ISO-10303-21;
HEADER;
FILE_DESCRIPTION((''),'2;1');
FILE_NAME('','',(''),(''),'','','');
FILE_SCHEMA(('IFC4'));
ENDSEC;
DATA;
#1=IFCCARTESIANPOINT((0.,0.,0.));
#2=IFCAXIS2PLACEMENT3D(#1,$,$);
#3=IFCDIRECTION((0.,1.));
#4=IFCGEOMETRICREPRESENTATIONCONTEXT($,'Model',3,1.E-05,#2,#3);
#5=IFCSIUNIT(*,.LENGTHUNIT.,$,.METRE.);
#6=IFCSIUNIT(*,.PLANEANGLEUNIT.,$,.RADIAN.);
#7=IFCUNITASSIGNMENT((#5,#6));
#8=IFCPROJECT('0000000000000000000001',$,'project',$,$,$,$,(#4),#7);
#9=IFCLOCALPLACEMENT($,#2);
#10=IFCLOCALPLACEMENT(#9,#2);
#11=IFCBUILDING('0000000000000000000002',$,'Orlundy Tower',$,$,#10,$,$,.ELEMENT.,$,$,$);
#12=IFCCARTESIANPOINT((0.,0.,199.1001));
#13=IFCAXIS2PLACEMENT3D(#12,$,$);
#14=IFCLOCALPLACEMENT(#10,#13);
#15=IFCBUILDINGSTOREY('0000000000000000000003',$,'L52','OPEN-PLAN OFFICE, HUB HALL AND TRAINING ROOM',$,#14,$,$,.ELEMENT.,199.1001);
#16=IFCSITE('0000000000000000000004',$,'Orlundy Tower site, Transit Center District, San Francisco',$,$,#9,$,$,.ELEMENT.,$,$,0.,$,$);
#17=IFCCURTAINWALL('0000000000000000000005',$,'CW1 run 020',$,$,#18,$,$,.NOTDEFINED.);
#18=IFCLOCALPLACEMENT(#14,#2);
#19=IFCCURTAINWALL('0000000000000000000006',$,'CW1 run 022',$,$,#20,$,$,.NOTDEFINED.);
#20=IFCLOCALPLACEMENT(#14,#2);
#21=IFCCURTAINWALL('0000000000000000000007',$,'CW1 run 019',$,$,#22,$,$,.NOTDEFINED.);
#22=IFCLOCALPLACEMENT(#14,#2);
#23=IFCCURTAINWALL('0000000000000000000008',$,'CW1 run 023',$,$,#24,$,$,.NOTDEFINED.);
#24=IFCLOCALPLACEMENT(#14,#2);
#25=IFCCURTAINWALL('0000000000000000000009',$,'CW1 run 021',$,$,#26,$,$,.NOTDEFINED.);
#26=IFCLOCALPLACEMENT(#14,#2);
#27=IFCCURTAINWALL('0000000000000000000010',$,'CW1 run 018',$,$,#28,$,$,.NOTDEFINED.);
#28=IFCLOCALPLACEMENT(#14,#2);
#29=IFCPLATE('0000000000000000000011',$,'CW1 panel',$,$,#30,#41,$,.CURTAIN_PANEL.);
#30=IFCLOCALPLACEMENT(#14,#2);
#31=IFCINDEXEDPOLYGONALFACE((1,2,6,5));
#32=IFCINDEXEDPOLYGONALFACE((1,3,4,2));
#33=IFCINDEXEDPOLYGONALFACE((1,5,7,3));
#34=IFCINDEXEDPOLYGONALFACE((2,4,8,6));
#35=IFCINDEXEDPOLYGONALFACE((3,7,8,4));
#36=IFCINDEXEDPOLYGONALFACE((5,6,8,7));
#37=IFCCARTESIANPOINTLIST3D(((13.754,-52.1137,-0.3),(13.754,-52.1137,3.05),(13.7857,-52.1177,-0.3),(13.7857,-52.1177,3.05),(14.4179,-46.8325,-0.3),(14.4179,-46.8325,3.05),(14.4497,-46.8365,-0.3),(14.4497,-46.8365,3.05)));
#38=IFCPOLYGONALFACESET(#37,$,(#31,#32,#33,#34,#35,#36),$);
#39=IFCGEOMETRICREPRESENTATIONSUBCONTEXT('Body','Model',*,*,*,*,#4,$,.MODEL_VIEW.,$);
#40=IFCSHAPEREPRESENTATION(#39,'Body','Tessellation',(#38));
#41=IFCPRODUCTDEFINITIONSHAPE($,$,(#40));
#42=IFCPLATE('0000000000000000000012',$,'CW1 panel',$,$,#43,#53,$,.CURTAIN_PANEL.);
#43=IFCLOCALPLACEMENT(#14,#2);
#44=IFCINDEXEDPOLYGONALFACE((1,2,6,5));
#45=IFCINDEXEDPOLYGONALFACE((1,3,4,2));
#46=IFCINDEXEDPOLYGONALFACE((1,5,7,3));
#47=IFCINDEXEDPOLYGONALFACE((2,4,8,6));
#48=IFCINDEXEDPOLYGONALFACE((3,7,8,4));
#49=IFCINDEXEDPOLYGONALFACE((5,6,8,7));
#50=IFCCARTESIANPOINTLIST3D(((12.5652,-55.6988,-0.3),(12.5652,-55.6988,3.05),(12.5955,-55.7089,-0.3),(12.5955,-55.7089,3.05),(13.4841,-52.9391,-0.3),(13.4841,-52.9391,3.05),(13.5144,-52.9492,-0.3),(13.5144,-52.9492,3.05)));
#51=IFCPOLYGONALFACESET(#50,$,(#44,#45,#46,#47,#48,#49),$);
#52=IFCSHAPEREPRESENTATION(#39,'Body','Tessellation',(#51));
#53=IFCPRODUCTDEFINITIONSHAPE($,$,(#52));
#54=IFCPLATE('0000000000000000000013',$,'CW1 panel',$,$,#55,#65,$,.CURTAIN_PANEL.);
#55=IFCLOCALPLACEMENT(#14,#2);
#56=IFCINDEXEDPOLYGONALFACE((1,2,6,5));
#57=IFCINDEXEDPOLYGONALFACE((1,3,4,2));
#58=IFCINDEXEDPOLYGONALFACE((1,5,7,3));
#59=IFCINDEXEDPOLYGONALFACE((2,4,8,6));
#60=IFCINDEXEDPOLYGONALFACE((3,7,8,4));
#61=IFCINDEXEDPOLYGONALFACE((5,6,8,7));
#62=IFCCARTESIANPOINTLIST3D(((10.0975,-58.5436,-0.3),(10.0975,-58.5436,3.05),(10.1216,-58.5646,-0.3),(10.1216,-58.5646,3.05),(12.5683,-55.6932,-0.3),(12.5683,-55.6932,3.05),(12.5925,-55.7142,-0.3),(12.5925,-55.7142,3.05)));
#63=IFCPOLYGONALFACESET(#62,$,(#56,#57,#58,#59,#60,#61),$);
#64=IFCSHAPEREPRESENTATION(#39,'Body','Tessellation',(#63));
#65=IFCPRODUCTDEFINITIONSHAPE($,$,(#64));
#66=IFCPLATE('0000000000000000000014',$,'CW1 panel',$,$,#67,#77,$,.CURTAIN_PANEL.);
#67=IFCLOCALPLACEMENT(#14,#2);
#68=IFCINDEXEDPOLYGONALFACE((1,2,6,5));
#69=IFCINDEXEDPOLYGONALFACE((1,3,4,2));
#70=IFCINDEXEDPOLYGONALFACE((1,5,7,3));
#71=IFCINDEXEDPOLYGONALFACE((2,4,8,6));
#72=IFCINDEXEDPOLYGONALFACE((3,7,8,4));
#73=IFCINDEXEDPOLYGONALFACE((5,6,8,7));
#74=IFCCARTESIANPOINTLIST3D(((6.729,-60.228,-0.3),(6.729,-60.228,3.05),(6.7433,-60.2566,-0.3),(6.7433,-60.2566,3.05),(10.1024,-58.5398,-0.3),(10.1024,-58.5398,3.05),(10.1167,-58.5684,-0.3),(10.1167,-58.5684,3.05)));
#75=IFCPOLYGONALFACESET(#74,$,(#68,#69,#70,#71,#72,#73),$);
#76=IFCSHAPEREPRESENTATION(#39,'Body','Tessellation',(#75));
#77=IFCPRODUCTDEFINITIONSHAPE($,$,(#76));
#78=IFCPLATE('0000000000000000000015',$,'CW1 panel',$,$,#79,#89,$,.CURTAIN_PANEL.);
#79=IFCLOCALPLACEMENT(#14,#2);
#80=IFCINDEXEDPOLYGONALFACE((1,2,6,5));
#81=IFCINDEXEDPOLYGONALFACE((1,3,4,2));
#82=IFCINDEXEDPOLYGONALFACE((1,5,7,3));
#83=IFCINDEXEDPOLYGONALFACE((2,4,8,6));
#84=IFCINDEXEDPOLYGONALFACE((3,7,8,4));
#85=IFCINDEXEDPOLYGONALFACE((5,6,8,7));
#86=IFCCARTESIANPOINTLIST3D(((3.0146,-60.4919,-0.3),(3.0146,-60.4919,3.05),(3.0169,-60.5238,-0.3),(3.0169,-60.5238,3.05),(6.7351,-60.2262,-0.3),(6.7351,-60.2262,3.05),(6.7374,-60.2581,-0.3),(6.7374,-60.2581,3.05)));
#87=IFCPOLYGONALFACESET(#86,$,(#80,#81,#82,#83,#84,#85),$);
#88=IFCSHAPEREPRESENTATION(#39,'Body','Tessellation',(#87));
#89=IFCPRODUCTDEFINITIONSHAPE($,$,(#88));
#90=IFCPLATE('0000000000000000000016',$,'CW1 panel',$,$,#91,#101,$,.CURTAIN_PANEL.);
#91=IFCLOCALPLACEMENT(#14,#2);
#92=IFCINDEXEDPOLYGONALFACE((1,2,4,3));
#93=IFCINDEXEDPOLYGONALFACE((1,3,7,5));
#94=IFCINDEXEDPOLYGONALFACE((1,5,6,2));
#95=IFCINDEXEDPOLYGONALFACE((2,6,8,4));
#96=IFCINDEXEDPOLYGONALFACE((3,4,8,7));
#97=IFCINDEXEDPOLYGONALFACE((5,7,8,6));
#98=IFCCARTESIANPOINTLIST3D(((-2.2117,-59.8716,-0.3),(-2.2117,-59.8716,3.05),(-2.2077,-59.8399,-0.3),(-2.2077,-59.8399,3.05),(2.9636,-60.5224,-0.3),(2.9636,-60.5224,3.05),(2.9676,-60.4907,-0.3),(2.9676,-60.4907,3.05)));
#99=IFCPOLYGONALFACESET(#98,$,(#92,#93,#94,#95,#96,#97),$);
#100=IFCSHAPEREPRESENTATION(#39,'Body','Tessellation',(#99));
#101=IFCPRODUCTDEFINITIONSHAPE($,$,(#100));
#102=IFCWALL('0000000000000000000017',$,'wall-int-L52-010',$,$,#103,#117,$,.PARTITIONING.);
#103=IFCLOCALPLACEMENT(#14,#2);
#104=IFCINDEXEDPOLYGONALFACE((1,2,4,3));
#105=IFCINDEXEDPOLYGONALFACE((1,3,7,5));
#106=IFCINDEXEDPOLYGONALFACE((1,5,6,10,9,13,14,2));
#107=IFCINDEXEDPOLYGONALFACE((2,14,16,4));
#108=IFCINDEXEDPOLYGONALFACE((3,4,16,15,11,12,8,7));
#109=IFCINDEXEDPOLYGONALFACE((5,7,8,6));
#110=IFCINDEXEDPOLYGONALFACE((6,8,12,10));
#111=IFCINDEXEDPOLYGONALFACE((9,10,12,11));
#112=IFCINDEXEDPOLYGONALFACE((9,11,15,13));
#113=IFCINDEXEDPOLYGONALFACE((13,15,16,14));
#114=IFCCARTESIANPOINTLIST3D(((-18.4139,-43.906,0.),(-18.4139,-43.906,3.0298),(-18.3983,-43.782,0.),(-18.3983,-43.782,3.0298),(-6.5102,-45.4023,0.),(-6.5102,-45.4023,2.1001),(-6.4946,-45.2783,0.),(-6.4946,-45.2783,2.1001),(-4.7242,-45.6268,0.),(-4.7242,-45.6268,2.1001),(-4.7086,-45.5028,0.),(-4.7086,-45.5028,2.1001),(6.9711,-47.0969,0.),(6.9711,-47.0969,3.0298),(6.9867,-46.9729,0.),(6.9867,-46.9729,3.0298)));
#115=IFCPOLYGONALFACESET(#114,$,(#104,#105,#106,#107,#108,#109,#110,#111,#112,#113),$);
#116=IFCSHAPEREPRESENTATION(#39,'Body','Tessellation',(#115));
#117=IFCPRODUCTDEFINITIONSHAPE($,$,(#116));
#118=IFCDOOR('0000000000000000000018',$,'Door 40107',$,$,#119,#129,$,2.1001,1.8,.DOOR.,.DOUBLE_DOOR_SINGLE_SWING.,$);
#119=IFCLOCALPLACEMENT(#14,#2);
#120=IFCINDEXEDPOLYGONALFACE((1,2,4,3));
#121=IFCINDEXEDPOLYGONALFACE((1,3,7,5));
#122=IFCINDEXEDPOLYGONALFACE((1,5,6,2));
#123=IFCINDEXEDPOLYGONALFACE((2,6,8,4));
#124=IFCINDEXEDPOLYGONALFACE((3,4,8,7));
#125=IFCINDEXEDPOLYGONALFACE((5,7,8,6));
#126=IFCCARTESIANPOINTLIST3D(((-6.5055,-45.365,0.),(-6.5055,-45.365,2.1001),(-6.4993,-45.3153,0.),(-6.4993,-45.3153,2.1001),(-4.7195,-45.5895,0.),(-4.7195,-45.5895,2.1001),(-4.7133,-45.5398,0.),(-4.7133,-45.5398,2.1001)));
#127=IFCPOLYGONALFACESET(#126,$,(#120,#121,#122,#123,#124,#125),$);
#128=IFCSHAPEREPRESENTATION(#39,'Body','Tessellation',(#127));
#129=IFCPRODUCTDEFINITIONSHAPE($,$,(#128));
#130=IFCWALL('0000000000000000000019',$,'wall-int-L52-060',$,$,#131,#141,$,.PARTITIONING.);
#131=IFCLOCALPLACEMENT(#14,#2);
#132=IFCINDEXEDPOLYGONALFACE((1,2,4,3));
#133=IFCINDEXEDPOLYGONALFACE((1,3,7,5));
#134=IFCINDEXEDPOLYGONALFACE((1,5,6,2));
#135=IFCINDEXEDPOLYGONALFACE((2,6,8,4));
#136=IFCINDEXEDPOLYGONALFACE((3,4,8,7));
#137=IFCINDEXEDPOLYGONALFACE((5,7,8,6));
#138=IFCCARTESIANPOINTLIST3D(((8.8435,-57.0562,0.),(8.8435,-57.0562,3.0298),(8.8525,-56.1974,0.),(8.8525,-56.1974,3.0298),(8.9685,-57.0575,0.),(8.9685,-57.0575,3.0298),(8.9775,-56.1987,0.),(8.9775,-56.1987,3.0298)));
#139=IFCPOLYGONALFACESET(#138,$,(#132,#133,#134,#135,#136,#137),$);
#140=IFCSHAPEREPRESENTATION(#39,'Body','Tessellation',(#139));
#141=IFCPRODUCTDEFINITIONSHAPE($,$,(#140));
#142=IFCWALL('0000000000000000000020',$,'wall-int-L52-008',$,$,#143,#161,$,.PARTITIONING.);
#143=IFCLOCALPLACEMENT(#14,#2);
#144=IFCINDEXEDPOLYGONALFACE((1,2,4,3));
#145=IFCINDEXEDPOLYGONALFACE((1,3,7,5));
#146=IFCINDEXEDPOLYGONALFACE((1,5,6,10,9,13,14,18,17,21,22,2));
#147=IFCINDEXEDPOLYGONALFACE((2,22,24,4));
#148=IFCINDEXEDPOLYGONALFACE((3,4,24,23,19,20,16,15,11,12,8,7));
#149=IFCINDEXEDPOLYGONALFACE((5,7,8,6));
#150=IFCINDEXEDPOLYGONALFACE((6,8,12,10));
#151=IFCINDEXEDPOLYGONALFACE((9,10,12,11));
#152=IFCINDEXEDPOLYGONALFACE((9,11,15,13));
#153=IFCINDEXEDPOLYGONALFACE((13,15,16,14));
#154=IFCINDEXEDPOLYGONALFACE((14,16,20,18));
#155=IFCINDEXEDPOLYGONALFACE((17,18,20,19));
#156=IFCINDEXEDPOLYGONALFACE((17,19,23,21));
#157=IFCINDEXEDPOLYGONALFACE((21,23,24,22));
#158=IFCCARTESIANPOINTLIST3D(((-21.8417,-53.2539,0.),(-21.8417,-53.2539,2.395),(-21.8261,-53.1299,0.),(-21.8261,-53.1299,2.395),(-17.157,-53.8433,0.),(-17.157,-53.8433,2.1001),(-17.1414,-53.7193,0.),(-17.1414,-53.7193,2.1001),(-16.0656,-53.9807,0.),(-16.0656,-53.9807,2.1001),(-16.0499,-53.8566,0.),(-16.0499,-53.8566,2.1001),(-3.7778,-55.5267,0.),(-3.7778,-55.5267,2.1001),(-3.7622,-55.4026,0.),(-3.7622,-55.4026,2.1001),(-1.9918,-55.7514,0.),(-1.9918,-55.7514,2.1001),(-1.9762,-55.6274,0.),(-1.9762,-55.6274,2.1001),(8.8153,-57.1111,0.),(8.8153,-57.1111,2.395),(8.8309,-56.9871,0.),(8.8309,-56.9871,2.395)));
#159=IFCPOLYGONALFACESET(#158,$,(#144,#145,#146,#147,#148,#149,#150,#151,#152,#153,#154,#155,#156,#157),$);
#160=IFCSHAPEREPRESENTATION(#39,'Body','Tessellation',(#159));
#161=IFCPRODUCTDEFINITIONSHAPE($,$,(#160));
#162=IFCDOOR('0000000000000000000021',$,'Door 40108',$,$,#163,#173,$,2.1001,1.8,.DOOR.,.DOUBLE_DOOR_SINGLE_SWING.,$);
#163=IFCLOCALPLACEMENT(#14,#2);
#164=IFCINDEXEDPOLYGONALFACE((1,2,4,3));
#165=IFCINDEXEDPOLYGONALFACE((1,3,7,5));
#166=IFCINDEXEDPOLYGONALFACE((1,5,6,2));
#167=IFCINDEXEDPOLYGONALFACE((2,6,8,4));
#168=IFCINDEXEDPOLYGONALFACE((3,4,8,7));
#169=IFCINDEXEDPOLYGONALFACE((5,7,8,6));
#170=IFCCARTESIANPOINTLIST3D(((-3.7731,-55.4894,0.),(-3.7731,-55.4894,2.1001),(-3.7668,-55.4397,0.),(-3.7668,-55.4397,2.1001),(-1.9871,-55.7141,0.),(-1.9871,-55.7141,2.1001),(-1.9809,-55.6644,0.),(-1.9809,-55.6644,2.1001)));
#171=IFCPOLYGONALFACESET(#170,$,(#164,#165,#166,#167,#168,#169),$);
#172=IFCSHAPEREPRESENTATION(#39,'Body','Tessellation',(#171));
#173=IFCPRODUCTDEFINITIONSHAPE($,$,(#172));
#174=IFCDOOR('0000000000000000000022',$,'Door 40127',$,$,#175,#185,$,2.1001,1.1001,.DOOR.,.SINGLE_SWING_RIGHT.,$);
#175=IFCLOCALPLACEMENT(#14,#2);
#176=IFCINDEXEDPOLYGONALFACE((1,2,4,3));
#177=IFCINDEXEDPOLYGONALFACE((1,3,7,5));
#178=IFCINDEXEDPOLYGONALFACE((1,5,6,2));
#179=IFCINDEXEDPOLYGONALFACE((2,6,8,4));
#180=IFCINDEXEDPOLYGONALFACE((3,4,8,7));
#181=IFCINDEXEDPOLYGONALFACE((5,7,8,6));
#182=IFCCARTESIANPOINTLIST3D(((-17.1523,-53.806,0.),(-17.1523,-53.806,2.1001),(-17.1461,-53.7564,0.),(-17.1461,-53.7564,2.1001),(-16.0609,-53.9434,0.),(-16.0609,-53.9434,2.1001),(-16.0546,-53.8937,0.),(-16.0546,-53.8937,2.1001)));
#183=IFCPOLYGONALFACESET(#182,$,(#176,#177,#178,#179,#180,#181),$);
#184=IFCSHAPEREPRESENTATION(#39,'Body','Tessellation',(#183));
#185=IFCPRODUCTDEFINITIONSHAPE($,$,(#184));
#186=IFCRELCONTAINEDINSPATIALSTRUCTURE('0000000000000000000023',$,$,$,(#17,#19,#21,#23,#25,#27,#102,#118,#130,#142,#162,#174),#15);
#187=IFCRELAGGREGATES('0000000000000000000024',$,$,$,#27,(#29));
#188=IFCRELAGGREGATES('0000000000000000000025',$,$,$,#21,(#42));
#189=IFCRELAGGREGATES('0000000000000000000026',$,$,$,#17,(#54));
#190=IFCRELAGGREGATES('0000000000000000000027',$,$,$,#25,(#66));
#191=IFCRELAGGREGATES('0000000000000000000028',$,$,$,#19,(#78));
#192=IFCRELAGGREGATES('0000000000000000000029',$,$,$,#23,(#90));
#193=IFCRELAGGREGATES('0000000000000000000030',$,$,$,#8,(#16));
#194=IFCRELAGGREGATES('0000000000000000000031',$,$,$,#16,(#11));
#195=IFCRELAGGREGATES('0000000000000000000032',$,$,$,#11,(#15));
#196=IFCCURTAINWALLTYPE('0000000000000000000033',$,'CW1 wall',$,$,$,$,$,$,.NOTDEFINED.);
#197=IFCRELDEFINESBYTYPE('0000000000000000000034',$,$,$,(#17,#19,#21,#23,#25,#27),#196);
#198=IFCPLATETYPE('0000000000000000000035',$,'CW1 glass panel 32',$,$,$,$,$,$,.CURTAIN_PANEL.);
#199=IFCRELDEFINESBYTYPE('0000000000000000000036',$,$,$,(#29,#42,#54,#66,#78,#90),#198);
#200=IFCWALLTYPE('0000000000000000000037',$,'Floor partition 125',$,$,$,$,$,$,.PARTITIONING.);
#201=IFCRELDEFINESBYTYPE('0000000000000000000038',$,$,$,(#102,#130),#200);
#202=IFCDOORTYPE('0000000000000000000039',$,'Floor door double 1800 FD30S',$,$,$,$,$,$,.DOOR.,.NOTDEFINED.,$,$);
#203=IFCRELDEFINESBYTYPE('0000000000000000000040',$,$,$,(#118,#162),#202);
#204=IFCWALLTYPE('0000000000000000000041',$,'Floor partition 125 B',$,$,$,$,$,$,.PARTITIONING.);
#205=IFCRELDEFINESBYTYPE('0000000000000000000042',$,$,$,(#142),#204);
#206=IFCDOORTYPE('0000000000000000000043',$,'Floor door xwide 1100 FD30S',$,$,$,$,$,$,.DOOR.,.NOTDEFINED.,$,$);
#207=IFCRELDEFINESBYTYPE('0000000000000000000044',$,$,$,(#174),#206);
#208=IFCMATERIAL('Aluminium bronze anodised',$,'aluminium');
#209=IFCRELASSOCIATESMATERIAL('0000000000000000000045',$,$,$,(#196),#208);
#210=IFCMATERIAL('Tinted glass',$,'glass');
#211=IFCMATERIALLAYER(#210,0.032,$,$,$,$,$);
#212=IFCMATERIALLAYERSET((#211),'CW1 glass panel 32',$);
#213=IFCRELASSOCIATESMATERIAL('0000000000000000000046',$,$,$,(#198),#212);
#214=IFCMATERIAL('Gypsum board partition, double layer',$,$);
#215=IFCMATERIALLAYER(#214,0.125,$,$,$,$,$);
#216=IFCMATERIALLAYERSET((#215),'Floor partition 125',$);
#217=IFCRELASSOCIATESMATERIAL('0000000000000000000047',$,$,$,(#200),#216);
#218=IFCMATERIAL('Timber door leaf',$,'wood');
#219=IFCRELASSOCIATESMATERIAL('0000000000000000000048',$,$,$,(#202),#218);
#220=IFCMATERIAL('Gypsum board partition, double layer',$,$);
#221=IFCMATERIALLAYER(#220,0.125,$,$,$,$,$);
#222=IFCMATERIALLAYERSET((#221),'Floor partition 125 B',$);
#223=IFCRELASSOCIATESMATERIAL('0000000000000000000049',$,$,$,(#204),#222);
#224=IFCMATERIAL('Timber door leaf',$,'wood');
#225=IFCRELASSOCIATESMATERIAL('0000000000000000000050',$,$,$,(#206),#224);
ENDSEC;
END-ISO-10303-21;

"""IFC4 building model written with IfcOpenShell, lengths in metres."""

from ifc_helpers import new_model, si_unit, direction, frame, frame_2d, origin, origin_2d, place, context, subcontext, project, spatial, rectangle, extrude, material, layer, layer_set, type_object, element, fill, aggregate, save


model = new_model("IFC4")

# Units and contexts
model_context = context("Model", 3, precision=1e-05, world=origin(), true_north=direction((0.0, 1.0)))
body_context = subcontext(model_context, "Body", "Model", "MODEL_VIEW")
ifc_project = project(units=[si_unit("LENGTHUNIT", "METRE"), si_unit("PLANEANGLEUNIT", "RADIAN")], contexts=[model_context])

# Site, building, storey
site_placement = place(None, origin())
site = spatial("IfcSite", under=ifc_project, at=site_placement, Name="Orlundy Tower site, Transit Center District, San Francisco", CompositionType="ELEMENT", RefElevation=0.0)
building_placement = place(site_placement, origin())
building = spatial("IfcBuilding", under=site, at=building_placement, Name="Orlundy Tower", CompositionType="ELEMENT")
storey_placement = place(building_placement, frame((0.0, 0.0, 199.1001)))
storey = spatial("IfcBuildingStorey", under=building, at=storey_placement, Name="L52", Description="OPEN-PLAN OFFICE, HUB HALL AND TRAINING ROOM", CompositionType="ELEMENT", Elevation=199.1001)

# Curtain walls
ifc_material_1 = material(Name="Aluminium bronze anodised", Category="aluminium")
curtain_wall_type = type_object("IfcCurtainWallType", Name="CW1 wall", PredefinedType="NOTDEFINED", material=ifc_material_1)
curtain_wall_1_placement = place(storey_placement, origin())
curtain_wall_1 = element("IfcCurtainWall", 1, at=curtain_wall_1_placement, inside=storey, type_object=curtain_wall_type, Name="CW1 run 020", PredefinedType="NOTDEFINED")
curtain_wall_2_placement = place(storey_placement, origin())
curtain_wall_2 = element("IfcCurtainWall", 2, at=curtain_wall_2_placement, inside=storey, type_object=curtain_wall_type, Name="CW1 run 022", PredefinedType="NOTDEFINED")
curtain_wall_3_placement = place(storey_placement, origin())
curtain_wall_3 = element("IfcCurtainWall", 3, at=curtain_wall_3_placement, inside=storey, type_object=curtain_wall_type, Name="CW1 run 019", PredefinedType="NOTDEFINED")

# Curtain wall
curtain_wall_4_placement = place(storey_placement, origin())
curtain_wall_4 = element("IfcCurtainWall", 4, at=curtain_wall_4_placement, inside=storey, type_object=curtain_wall_type, Name="CW1 run 023", PredefinedType="NOTDEFINED")

# Curtain wall
curtain_wall_5_placement = place(storey_placement, origin())
curtain_wall_5 = element("IfcCurtainWall", 5, at=curtain_wall_5_placement, inside=storey, type_object=curtain_wall_type, Name="CW1 run 021", PredefinedType="NOTDEFINED")

# Curtain wall, plate
curtain_wall_6_placement = place(storey_placement, origin())
curtain_wall_6 = element("IfcCurtainWall", 6, at=curtain_wall_6_placement, inside=storey, type_object=curtain_wall_type, Name="CW1 run 018", PredefinedType="NOTDEFINED")
ifc_material_2 = material(Name="Tinted glass", Category="glass")
ifc_layer_1 = layer(ifc_material_2, 0.032)
ifc_layer_set_1 = layer_set([ifc_layer_1], Name="CW1 glass panel 32")
plate_type = type_object("IfcPlateType", Name="CW1 glass panel 32", PredefinedType="CURTAIN_PANEL", material=ifc_layer_set_1)
plate_1_placement = place(storey_placement, frame((14.1018, -49.4751, -0.3), z_axis=(0.0, 0.0, 1.0), x_axis=(-0.124742, -0.992189, 0.0)))
plate_1 = element("IfcPlate", 7, at=plate_1_placement, type_object=plate_type, Name="CW1 panel", PredefinedType="CURTAIN_PANEL", context=body_context, shape_type="SweptSolid", body=[
    extrude(rectangle(XDim=5.3228, YDim=0.032, at=origin_2d()), origin(), (0.0, 0.0, 1.0), 3.3501),
])
aggregate(curtain_wall_6, [plate_1])

# Plates
plate_2_placement = place(storey_placement, frame((13.0398, -54.324, -0.3), z_axis=(0.0, 0.0, 1.0), x_axis=(-0.315904, -0.948791, 0.0)))
plate_2 = element("IfcPlate", 8, at=plate_2_placement, type_object=plate_type, Name="CW1 panel", PredefinedType="CURTAIN_PANEL", context=body_context, shape_type="SweptSolid", body=[
    extrude(rectangle(XDim=2.9087, YDim=0.032, at=origin_2d()), origin(), (0.0, 0.0, 1.0), 3.3501),
])
aggregate(curtain_wall_3, [plate_2])
plate_3_placement = place(storey_placement, frame((11.345, -57.1289, -0.3), z_axis=(0.0, 0.0, 1.0), x_axis=(-0.655002, -0.755627, 0.0)))
plate_3 = element("IfcPlate", 9, at=plate_3_placement, type_object=plate_type, Name="CW1 panel", PredefinedType="CURTAIN_PANEL", context=body_context, shape_type="SweptSolid", body=[
    extrude(rectangle(XDim=3.7722, YDim=0.032, at=origin_2d()), origin(), (0.0, 0.0, 1.0), 3.3501),
])
aggregate(curtain_wall_1, [plate_3])
plate_4_placement = place(storey_placement, frame((8.4229, -59.3982, -0.3), z_axis=(0.0, 0.0, 1.0), x_axis=(-0.894265, -0.447537, 0.0)))
plate_4 = element("IfcPlate", 10, at=plate_4_placement, type_object=plate_type, Name="CW1 panel", PredefinedType="CURTAIN_PANEL", context=body_context, shape_type="SweptSolid", body=[
    extrude(rectangle(XDim=3.7722, YDim=0.032, at=origin_2d()), origin(), (0.0, 0.0, 1.0), 3.3501),
])
aggregate(curtain_wall_5, [plate_4])
plate_5_placement = place(storey_placement, frame((4.876, -60.375, -0.3), z_axis=(0.0, 0.0, 1.0), x_axis=(-0.99746, -0.071228, 0.0)))
plate_5 = element("IfcPlate", 11, at=plate_5_placement, type_object=plate_type, Name="CW1 panel", PredefinedType="CURTAIN_PANEL", context=body_context, shape_type="SweptSolid", body=[
    extrude(rectangle(XDim=3.73, YDim=0.032, at=origin_2d()), origin(), (0.0, 0.0, 1.0), 3.3501),
])
aggregate(curtain_wall_2, [plate_5])
plate_6_placement = place(storey_placement, frame((0.3779, -60.1812, -0.3), z_axis=(0.0, 0.0, 1.0), x_axis=(-0.992187, 0.124761, 0.0)))
plate_6 = element("IfcPlate", 12, at=plate_6_placement, type_object=plate_type, Name="CW1 panel", PredefinedType="CURTAIN_PANEL", context=body_context, shape_type="SweptSolid", body=[
    extrude(rectangle(XDim=5.2161, YDim=0.032, at=origin_2d()), origin(), (0.0, 0.0, 1.0), 3.3501),
])
aggregate(curtain_wall_4, [plate_6])

# Wall, opening, door
ifc_material_3 = material(Name="Gypsum board partition, double layer")
ifc_layer_2 = layer(ifc_material_3, 0.125)
ifc_layer_set_2 = layer_set([ifc_layer_2], Name="Floor partition 125")
wall_type_1 = type_object("IfcWallType", Name="Floor partition 125", PredefinedType="PARTITIONING", material=ifc_layer_set_2)
wall_1_placement = place(storey_placement, frame((6.979, -47.0349, 0.0), z_axis=(0.0, 0.0, 1.0), x_axis=(-0.992192, 0.124719, 0.0)))
wall_1 = element("IfcWall", 13, at=wall_1_placement, inside=storey, type_object=wall_type_1, Name="wall-int-L52-010", PredefinedType="PARTITIONING", context=body_context, shape_type="SweptSolid", body=[
    extrude(rectangle(XDim=25.5847, YDim=0.125, at=frame_2d((12.7925, 0.0))), origin(), (0.0, 0.0, 1.0), 3.0298),
])
opening_1_placement = place(wall_1_placement, frame((11.7876, 0.0, 0.0)))
opening_1 = element("IfcOpeningElement", 14, at=opening_1_placement, cuts=wall_1, PredefinedType="OPENING", context=body_context, shape_type="SweptSolid", body=[
    extrude(rectangle(XDim=1.8, YDim=2.1001, at=frame_2d((0.8999, 1.05))), frame((0.0, 0.0725, 0.0), z_axis=(0.0, -1.0, 0.0), x_axis=(1.0, 0.0, 0.0)), (0.0, 0.0, 1.0), 0.145),
])
ifc_material_4 = material(Name="Timber door leaf", Category="wood")
door_type_1 = type_object("IfcDoorType", Name="Floor door double 1800 FD30S", OperationType="NOTDEFINED", PredefinedType="DOOR", material=ifc_material_4)
door_1_placement = place(opening_1_placement, origin())
door_1 = element("IfcDoor", 15, at=door_1_placement, inside=storey, type_object=door_type_1, Name="Door 40107", OperationType="DOUBLE_DOOR_SINGLE_SWING", OverallHeight=2.1001, OverallWidth=1.8, PredefinedType="DOOR", context=body_context, shape_type="SweptSolid", body=[
    extrude(rectangle(XDim=1.8, YDim=2.1001, at=frame_2d((0.8999, 1.05))), frame((0.0, 0.0249, 0.0), z_axis=(0.0, -1.0, 0.0), x_axis=(1.0, 0.0, 0.0)), (0.0, 0.0, 1.0), 0.05),
])
fill(opening_1, door_1)

# Wall
wall_2_placement = place(storey_placement, frame((8.906, -57.0569, 0.0), z_axis=(0.0, 0.0, 1.0), x_axis=(0.010517, 0.999945, 0.0)))
element("IfcWall", 16, at=wall_2_placement, inside=storey, type_object=wall_type_1, Name="wall-int-L52-060", PredefinedType="PARTITIONING", context=body_context, shape_type="SweptSolid", body=[
    extrude(rectangle(XDim=0.8589, YDim=0.125, at=frame_2d((0.4294, 0.0))), origin(), (0.0, 0.0, 1.0), 3.0298),
])

# Wall, openings, doors
ifc_material_5 = material(Name="Gypsum board partition, double layer")
ifc_layer_3 = layer(ifc_material_5, 0.125)
ifc_layer_set_3 = layer_set([ifc_layer_3], Name="Floor partition 125 B")
wall_type_2 = type_object("IfcWallType", Name="Floor partition 125 B", PredefinedType="PARTITIONING", material=ifc_layer_set_3)
wall_3_placement = place(storey_placement, frame((8.823, -57.0491, 0.0), z_axis=(0.0, 0.0, 1.0), x_axis=(-0.992178, 0.124833, 0.0)))
wall_3 = element("IfcWall", 17, at=wall_3_placement, inside=storey, type_object=wall_type_2, Name="wall-int-L52-008", PredefinedType="PARTITIONING", context=body_context, shape_type="SweptSolid", body=[
    extrude(rectangle(XDim=30.8987, YDim=0.125, at=frame_2d((15.4492, 0.0))), origin(), (0.0, 0.0, 1.0), 2.395),
])
opening_2_placement = place(wall_3_placement, frame((10.8923, 0.0, 0.0)))
opening_2 = element("IfcOpeningElement", 18, at=opening_2_placement, cuts=wall_3, PredefinedType="OPENING", context=body_context, shape_type="SweptSolid", body=[
    extrude(rectangle(XDim=1.8, YDim=2.1001, at=frame_2d((0.8999, 1.05))), frame((0.0, 0.0725, 0.0), z_axis=(0.0, -1.0, 0.0), x_axis=(1.0, 0.0, 0.0)), (0.0, 0.0, 1.0), 0.145),
])
opening_3_placement = place(wall_3_placement, frame((25.0769, 0.0, 0.0)))
opening_3 = element("IfcOpeningElement", 19, at=opening_3_placement, cuts=wall_3, PredefinedType="OPENING", context=body_context, shape_type="SweptSolid", body=[
    extrude(rectangle(XDim=1.1001, YDim=2.1001, at=frame_2d((0.55, 1.05))), frame((0.0, 0.0725, 0.0), z_axis=(0.0, -1.0, 0.0), x_axis=(1.0, 0.0, 0.0)), (0.0, 0.0, 1.0), 0.145),
])
door_2_placement = place(opening_2_placement, origin())
door_2 = element("IfcDoor", 20, at=door_2_placement, inside=storey, type_object=door_type_1, Name="Door 40108", OperationType="DOUBLE_DOOR_SINGLE_SWING", OverallHeight=2.1001, OverallWidth=1.8, PredefinedType="DOOR", context=body_context, shape_type="SweptSolid", body=[
    extrude(rectangle(XDim=1.8, YDim=2.1001, at=frame_2d((0.8999, 1.05))), frame((0.0, 0.0249, 0.0), z_axis=(0.0, -1.0, 0.0), x_axis=(1.0, 0.0, 0.0)), (0.0, 0.0, 1.0), 0.05),
])
fill(opening_2, door_2)
ifc_material_6 = material(Name="Timber door leaf", Category="wood")
door_type_2 = type_object("IfcDoorType", Name="Floor door xwide 1100 FD30S", OperationType="NOTDEFINED", PredefinedType="DOOR", material=ifc_material_6)
door_3_placement = place(opening_3_placement, origin())
door_3 = element("IfcDoor", 21, at=door_3_placement, inside=storey, type_object=door_type_2, Name="Door 40127", OperationType="SINGLE_SWING_RIGHT", OverallHeight=2.1001, OverallWidth=1.1001, PredefinedType="DOOR", context=body_context, shape_type="SweptSolid", body=[
    extrude(rectangle(XDim=1.1001, YDim=2.1001, at=frame_2d((0.55, 1.05))), frame((0.0, 0.0249, 0.0), z_axis=(0.0, -1.0, 0.0), x_axis=(1.0, 0.0, 0.0)), (0.0, 0.0, 1.0), 0.05),
])
fill(opening_3, door_3)

save(model, "model.ifc")
